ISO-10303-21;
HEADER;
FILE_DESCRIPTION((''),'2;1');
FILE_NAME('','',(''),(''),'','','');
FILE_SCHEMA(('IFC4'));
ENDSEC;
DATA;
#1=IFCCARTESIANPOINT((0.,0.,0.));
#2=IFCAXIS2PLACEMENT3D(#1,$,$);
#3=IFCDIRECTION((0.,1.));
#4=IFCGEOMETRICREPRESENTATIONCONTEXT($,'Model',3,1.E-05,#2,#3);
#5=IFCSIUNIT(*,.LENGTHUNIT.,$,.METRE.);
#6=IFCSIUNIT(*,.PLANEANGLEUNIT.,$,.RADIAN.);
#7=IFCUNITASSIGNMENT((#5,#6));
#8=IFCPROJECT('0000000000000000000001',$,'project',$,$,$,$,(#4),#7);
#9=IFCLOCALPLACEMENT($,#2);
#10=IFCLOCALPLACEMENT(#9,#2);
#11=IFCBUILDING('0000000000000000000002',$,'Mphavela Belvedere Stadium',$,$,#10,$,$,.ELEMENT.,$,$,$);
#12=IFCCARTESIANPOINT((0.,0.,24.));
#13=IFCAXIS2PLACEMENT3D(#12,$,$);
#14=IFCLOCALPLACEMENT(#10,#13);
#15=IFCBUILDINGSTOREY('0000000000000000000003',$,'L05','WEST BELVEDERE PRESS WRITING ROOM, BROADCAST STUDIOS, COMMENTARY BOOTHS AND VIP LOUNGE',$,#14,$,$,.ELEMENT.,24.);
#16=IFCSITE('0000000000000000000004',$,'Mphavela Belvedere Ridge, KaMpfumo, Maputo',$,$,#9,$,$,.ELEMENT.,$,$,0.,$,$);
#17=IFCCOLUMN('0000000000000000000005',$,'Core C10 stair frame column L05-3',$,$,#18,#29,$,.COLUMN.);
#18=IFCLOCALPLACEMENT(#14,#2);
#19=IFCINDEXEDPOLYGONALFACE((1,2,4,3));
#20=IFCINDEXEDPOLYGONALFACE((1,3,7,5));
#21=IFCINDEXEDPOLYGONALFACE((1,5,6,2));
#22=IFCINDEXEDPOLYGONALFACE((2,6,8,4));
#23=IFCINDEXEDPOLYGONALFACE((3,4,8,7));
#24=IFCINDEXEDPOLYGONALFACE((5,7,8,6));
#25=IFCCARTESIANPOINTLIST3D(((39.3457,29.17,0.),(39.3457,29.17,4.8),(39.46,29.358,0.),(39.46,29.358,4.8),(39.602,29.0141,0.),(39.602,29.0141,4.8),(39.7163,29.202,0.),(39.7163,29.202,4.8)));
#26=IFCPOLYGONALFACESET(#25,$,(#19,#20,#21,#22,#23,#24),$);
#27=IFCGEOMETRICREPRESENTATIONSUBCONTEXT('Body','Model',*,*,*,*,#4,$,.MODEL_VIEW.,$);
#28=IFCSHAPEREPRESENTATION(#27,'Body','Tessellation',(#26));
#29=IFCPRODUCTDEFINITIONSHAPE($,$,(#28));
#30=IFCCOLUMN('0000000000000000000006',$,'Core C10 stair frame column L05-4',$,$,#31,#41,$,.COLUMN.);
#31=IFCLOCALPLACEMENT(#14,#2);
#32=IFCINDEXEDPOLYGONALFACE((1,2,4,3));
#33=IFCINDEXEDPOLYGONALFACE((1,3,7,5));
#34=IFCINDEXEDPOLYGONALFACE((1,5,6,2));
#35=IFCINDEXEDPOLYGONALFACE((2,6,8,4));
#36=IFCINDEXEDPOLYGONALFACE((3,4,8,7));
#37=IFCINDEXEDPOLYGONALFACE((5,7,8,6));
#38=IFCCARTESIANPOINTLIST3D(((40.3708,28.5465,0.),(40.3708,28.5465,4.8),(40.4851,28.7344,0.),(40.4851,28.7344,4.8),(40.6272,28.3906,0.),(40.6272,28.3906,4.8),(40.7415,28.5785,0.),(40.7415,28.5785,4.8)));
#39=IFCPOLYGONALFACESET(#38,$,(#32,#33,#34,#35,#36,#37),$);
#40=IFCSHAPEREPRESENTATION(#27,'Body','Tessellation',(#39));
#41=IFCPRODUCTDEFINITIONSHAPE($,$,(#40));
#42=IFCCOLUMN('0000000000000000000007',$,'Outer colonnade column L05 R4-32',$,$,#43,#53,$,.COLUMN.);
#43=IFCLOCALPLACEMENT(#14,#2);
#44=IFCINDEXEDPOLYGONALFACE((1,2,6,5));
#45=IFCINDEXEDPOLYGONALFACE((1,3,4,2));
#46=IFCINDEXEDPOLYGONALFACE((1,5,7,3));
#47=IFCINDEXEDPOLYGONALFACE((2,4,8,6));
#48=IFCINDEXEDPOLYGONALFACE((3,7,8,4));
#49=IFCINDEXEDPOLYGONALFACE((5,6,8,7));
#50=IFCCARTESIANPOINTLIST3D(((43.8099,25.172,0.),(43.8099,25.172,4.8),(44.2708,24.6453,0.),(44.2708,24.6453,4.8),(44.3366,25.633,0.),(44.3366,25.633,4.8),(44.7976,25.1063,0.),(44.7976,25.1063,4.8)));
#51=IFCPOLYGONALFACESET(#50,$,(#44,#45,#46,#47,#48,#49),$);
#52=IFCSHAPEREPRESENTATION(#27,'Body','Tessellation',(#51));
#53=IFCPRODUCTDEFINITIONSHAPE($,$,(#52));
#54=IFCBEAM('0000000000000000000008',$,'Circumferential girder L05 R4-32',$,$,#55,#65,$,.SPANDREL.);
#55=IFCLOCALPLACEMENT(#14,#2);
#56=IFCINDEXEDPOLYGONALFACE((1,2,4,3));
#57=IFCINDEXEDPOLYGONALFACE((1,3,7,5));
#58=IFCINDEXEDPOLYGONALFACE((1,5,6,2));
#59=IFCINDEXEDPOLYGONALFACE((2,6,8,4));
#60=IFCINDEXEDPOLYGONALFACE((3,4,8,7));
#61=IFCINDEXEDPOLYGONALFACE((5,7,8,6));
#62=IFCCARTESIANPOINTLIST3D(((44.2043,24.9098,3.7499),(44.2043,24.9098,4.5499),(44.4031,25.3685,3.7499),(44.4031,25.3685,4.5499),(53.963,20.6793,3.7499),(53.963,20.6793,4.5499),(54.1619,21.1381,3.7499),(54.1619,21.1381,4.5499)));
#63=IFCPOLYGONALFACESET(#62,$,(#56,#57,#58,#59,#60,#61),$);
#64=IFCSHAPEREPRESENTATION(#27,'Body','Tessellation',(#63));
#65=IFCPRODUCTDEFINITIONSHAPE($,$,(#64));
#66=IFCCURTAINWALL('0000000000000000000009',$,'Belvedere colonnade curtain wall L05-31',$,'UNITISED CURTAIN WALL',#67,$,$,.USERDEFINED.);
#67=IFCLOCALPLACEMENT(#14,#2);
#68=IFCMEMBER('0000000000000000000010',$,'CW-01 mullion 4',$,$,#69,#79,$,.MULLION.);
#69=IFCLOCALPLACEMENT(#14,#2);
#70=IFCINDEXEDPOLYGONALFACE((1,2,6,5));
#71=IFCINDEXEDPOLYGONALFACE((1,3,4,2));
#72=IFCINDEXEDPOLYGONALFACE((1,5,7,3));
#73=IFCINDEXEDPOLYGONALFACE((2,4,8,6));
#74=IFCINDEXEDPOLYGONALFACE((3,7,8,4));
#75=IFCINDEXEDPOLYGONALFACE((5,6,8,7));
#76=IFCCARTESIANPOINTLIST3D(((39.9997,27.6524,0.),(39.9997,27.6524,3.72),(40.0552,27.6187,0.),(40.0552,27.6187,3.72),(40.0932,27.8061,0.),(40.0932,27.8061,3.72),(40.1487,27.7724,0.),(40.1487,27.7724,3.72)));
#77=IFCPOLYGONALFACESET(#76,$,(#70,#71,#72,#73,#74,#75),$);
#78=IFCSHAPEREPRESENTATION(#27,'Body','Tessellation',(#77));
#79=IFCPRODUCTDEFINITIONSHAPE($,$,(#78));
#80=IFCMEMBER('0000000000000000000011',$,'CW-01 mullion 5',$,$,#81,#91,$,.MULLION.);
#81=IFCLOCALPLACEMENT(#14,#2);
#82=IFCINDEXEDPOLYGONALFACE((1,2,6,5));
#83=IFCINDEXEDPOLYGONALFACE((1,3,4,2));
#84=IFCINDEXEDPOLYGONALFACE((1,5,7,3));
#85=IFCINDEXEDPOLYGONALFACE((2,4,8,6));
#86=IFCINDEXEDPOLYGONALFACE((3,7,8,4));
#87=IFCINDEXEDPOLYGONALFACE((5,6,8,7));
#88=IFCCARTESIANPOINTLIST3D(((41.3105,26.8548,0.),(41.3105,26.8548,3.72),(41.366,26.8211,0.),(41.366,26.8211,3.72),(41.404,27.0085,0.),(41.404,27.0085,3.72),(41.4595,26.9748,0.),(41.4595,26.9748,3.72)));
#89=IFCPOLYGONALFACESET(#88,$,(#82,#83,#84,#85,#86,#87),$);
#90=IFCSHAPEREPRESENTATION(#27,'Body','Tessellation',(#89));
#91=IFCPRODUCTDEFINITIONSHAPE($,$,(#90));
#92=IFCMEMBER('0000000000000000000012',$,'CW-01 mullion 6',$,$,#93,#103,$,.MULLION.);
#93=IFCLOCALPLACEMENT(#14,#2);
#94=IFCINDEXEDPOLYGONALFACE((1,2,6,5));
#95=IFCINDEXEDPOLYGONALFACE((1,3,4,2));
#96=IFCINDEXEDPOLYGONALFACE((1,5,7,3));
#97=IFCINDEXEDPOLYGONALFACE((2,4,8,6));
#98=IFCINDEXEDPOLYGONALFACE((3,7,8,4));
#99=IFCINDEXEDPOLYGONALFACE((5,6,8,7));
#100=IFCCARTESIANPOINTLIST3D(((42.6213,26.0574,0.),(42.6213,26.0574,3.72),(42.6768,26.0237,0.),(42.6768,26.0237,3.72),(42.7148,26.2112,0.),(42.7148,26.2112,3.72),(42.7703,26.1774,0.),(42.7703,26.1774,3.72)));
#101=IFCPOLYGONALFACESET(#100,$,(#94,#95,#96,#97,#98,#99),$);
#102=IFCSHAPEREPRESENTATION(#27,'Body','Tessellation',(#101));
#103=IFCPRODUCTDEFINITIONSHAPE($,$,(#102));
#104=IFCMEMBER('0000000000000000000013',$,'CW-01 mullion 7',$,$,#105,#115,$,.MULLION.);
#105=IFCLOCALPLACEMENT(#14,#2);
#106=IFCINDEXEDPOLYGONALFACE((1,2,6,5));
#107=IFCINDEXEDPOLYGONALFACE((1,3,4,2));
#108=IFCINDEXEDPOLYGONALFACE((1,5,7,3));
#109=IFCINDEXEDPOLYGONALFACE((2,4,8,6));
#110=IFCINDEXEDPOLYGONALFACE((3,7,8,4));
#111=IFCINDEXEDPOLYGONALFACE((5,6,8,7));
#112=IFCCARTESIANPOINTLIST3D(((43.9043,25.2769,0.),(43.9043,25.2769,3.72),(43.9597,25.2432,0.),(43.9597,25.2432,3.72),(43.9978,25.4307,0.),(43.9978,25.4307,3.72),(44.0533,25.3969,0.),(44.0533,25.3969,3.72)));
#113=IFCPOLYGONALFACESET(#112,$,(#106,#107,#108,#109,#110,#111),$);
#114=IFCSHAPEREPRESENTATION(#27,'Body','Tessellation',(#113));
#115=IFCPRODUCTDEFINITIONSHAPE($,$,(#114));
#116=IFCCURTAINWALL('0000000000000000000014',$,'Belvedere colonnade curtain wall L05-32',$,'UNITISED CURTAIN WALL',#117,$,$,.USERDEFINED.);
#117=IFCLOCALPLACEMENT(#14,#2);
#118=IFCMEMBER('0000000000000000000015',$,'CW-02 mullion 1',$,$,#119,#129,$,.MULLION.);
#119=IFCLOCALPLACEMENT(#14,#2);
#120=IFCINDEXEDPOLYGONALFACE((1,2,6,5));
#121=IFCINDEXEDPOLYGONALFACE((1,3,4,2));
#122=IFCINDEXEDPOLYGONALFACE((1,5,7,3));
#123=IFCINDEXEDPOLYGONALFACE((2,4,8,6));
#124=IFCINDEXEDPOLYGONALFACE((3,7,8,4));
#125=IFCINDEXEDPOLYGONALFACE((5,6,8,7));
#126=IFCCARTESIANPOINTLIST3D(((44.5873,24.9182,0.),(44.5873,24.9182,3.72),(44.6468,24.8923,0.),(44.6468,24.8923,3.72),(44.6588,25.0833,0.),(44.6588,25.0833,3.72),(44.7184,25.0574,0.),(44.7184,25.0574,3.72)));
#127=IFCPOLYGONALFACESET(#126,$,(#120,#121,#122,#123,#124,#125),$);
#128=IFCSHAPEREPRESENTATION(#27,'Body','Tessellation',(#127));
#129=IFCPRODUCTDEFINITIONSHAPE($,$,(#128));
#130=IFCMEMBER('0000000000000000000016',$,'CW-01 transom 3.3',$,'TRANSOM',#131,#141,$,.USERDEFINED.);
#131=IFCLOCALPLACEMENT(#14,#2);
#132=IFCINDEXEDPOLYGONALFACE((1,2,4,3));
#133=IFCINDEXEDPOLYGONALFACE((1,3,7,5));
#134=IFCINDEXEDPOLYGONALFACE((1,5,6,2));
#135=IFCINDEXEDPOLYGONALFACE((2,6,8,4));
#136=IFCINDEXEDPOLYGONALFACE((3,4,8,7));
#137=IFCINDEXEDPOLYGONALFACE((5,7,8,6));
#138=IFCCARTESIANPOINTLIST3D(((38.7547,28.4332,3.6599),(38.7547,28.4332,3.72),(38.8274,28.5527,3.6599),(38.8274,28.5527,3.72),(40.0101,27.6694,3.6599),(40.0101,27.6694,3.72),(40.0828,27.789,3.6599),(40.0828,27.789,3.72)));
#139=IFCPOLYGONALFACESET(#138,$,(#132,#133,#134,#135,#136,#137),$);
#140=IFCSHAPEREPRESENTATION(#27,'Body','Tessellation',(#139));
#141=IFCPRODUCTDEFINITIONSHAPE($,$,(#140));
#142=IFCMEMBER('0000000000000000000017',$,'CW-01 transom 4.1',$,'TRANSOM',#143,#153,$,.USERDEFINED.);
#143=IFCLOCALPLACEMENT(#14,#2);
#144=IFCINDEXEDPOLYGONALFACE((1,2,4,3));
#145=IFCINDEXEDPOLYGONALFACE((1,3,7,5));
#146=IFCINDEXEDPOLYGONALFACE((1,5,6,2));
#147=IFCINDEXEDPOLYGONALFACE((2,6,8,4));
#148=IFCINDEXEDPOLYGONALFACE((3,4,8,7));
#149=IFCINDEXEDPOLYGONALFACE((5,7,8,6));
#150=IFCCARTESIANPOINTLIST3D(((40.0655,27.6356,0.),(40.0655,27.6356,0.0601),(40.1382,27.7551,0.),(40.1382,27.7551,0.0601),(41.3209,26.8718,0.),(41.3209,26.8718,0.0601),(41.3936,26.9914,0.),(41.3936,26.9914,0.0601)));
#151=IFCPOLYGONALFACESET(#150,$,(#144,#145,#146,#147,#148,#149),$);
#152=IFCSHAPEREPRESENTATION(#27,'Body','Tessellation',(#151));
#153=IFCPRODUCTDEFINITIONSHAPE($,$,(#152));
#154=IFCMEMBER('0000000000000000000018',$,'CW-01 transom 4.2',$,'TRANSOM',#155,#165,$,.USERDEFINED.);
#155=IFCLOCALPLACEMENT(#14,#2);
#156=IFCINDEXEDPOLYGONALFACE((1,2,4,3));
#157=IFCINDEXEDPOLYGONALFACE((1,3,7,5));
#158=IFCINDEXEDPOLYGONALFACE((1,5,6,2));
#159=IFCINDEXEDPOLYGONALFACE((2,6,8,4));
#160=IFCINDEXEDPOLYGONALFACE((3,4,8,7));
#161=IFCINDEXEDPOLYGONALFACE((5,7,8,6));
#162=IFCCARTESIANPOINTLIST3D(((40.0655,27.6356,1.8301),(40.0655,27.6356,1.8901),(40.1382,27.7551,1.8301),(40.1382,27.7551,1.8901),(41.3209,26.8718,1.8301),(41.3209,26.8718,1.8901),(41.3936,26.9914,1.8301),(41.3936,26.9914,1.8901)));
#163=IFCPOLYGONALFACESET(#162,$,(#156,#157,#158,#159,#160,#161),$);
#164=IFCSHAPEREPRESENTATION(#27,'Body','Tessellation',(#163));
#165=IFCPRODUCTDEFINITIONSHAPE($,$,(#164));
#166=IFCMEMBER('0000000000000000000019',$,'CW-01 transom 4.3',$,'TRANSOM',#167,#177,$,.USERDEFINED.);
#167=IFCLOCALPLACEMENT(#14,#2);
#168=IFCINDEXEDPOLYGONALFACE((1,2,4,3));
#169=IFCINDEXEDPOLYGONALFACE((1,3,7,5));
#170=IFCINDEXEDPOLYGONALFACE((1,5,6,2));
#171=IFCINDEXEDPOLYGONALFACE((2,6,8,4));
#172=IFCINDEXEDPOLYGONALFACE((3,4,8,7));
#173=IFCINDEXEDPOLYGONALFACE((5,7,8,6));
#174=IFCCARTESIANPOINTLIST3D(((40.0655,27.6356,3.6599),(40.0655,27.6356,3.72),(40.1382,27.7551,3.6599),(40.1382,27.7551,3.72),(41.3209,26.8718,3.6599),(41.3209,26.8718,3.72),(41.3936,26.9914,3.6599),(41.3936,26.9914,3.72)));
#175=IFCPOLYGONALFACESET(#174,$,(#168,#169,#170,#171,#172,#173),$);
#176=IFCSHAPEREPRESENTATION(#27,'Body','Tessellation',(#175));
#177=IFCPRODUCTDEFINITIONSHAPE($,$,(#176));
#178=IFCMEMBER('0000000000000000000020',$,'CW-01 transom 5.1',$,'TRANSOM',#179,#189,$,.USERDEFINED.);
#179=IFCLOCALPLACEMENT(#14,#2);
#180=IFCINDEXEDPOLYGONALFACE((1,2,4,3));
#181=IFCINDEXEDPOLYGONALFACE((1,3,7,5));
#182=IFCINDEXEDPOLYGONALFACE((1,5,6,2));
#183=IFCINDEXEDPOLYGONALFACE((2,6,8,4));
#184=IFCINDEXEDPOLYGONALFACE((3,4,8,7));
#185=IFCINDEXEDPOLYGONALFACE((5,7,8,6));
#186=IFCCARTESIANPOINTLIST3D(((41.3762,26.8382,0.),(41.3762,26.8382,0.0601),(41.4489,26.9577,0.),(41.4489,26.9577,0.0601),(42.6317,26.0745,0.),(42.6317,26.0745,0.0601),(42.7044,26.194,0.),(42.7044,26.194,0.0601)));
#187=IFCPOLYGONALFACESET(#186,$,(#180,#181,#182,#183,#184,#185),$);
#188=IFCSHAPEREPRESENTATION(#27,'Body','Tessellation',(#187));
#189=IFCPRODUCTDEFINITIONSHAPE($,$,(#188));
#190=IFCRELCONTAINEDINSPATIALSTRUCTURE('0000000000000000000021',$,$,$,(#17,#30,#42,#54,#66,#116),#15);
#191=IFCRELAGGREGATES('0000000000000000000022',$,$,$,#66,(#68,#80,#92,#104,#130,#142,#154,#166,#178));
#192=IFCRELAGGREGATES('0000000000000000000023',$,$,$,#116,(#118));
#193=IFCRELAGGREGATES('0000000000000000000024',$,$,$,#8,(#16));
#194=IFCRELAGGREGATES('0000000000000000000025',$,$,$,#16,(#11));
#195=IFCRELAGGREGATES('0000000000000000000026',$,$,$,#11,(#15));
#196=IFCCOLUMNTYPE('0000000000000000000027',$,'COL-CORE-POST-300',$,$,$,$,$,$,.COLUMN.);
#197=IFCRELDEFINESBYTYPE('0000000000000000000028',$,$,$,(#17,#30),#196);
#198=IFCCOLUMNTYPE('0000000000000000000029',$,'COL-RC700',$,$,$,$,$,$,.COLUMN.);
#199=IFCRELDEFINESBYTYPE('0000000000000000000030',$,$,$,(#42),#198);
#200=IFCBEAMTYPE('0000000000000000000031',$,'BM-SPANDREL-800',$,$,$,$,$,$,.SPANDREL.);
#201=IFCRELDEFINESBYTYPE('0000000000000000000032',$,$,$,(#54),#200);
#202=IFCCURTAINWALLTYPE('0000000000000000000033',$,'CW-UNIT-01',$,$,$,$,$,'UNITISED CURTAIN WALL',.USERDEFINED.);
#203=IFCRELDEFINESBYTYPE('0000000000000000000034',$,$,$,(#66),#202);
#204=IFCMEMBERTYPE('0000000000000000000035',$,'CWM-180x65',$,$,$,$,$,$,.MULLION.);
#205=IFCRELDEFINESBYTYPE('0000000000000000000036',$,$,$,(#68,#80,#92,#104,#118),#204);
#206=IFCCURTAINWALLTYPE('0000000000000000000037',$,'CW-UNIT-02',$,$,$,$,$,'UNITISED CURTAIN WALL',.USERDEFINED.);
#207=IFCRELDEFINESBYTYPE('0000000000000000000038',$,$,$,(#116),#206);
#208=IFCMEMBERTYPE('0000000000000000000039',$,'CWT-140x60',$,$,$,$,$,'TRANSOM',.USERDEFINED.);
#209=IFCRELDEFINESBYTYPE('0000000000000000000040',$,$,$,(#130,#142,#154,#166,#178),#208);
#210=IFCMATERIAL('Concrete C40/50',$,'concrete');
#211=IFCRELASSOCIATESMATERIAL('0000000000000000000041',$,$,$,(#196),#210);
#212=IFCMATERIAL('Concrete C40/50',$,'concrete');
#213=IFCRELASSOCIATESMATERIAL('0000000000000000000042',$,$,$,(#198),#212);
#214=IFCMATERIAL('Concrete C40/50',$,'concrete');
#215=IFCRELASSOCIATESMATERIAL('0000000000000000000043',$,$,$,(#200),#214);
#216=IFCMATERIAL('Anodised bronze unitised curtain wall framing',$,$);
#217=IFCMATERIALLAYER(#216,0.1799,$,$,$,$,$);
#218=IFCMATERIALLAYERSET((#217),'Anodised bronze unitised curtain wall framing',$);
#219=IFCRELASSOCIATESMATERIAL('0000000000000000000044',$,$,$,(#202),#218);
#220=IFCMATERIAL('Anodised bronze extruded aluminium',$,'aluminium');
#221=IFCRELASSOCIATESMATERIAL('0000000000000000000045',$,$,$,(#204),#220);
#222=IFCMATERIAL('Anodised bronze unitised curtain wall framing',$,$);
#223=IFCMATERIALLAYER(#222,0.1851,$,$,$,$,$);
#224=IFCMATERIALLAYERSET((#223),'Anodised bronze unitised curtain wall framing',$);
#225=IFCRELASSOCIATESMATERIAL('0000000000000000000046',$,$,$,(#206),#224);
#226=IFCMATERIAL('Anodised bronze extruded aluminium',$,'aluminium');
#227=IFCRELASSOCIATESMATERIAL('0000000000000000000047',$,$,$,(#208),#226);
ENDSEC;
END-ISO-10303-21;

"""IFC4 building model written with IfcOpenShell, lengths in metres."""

from ifc_helpers import new_model, si_unit, direction, frame, origin, origin_2d, place, context, subcontext, project, spatial, rectangle, extrude, material, layer, layer_set, material_profile, profile_set, type_object, element, aggregate, save


model = new_model("IFC4")

# Units and contexts
model_context = context("Model", 3, precision=1e-05, world=origin(), true_north=direction((0.0, 1.0)))
body_context = subcontext(model_context, "Body", "Model", "MODEL_VIEW")
ifc_project = project(units=[si_unit("LENGTHUNIT", "METRE"), si_unit("PLANEANGLEUNIT", "RADIAN")], contexts=[model_context])

# Site, building, storey
site_placement = place(None, origin())
site = spatial("IfcSite", under=ifc_project, at=site_placement, Name="Mphavela Belvedere Ridge, KaMpfumo, Maputo", CompositionType="ELEMENT", RefElevation=0.0)
building_placement = place(site_placement, origin())
building = spatial("IfcBuilding", under=site, at=building_placement, Name="Mphavela Belvedere Stadium", CompositionType="ELEMENT")
storey_placement = place(building_placement, frame((0.0, 0.0, 24.0)))
storey = spatial("IfcBuildingStorey", under=building, at=storey_placement, Name="L05", Description="WEST BELVEDERE PRESS WRITING ROOM, BROADCAST STUDIOS, COMMENTARY BOOTHS AND VIP LOUNGE", CompositionType="ELEMENT", Elevation=24.0)

# Columns
ifc_material_1 = material(Name="Concrete C40/50", Category="concrete")
ifc_material_profile_1 = material_profile(ifc_material_1, rectangle(XDim=0.3, YDim=0.22, at=origin_2d()), Name="RC 300x220")
ifc_profile_set_1 = profile_set([ifc_material_profile_1], Name="Concrete C40/50")
column_type_1 = type_object("IfcColumnType", Name="COL-CORE-POST-300", PredefinedType="COLUMN", material=ifc_profile_set_1)
for number, where, z_axis, x_axis, name in (
    (1, (39.531, 29.186, 0.0), (0.0, 0.0, 1.0), (-0.854368, 0.519668, 0.0), "Core C10 stair frame column L05-3"),
    (2, (40.5562, 28.5625, 0.0), (0.0, 0.0, 1.0), (-0.854368, 0.519668, 0.0), "Core C10 stair frame column L05-4"),
):
    element("IfcColumn", number, at=place(storey_placement, frame(where, z_axis=z_axis, x_axis=x_axis)), inside=storey, type_object=column_type_1, Name=name, PredefinedType="COLUMN", context=body_context, shape_type="SweptSolid", body=[
        extrude(rectangle(XDim=0.3, YDim=0.22, at=origin_2d()), origin(), (0.0, 0.0, 1.0), 4.8),
    ])
ifc_material_2 = material(Name="Concrete C40/50", Category="concrete")
ifc_material_profile_2 = material_profile(ifc_material_2, rectangle(XDim=0.7, YDim=0.7, at=origin_2d()), Name="RC 700x700")
ifc_profile_set_2 = profile_set([ifc_material_profile_2], Name="Concrete C40/50")
column_type_2 = type_object("IfcColumnType", Name="COL-RC700", PredefinedType="COLUMN", material=ifc_profile_set_2)
column_placement = place(storey_placement, frame((44.3037, 25.1392, 0.0), z_axis=(0.0, 0.0, 1.0), x_axis=(-0.75253, -0.658558, 0.0)))
element("IfcColumn", 3, at=column_placement, inside=storey, type_object=column_type_2, Name="Outer colonnade column L05 R4-32", PredefinedType="COLUMN", context=body_context, shape_type="SweptSolid", body=[
    extrude(rectangle(XDim=0.7, YDim=0.7, at=origin_2d()), origin(), (0.0, 0.0, 1.0), 4.8),
])

# Beam
ifc_material_3 = material(Name="Concrete C40/50", Category="concrete")
ifc_material_profile_3 = material_profile(ifc_material_3, rectangle(XDim=0.5, YDim=0.8, at=origin_2d()), Name="RC 500x800")
ifc_profile_set_3 = profile_set([ifc_material_profile_3], Name="Concrete C40/50")
beam_type = type_object("IfcBeamType", Name="BM-SPANDREL-800", PredefinedType="SPANDREL", material=ifc_profile_set_3)
beam_placement = place(storey_placement, frame((44.3037, 25.1392, 4.1499), z_axis=(0.917499, -0.397739, 0.0), x_axis=(0.397739, 0.917499, 0.0)))
element("IfcBeam", 4, at=beam_placement, inside=storey, type_object=beam_type, Name="Circumferential girder L05 R4-32", PredefinedType="SPANDREL", context=body_context, shape_type="SweptSolid", body=[
    extrude(rectangle(XDim=0.5, YDim=0.8, at=origin_2d()), origin(), (0.0, 0.0, 1.0), 10.6362),
])

# Curtain wall, members
ifc_material_4 = material(Name="Anodised bronze unitised curtain wall framing")
ifc_layer_1 = layer(ifc_material_4, 0.1799)
ifc_layer_set_1 = layer_set([ifc_layer_1], Name="Anodised bronze unitised curtain wall framing")
curtain_wall_type_1 = type_object("IfcCurtainWallType", Name="CW-UNIT-01", ElementType="UNITISED CURTAIN WALL", PredefinedType="USERDEFINED", material=ifc_layer_set_1)
curtain_wall_1_placement = place(storey_placement, origin())
curtain_wall_1 = element("IfcCurtainWall", 5, at=curtain_wall_1_placement, inside=storey, type_object=curtain_wall_type_1, Name="Belvedere colonnade curtain wall L05-31", ObjectType="UNITISED CURTAIN WALL", PredefinedType="USERDEFINED")
ifc_material_5 = material(Name="Anodised bronze extruded aluminium", Category="aluminium")
ifc_material_profile_4 = material_profile(ifc_material_5, rectangle(XDim=0.1799, YDim=0.0649, at=origin_2d()), Name="CW-MUL 180x65")
ifc_profile_set_4 = profile_set([ifc_material_profile_4], Name="Anodised bronze extruded aluminium")
member_type_1 = type_object("IfcMemberType", Name="CWM-180x65", PredefinedType="MULLION", material=ifc_profile_set_4)
member_1_placement = place(storey_placement, frame((40.0742, 27.7124, 0.0), z_axis=(0.0, 0.0, 1.0), x_axis=(0.519735, 0.854327, 0.0)))
member_1 = element("IfcMember", 6, at=member_1_placement, type_object=member_type_1, Name="CW-01 mullion 4", PredefinedType="MULLION", context=body_context, shape_type="SweptSolid", body=[
    extrude(rectangle(XDim=0.1799, YDim=0.0649, at=origin_2d()), origin(), (0.0, 0.0, 1.0), 3.72),
])
member_2_placement = place(storey_placement, frame((41.385, 26.9148, 0.0), z_axis=(0.0, 0.0, 1.0), x_axis=(0.519735, 0.854327, 0.0)))
member_2 = element("IfcMember", 7, at=member_2_placement, type_object=member_type_1, Name="CW-01 mullion 5", PredefinedType="MULLION", context=body_context, shape_type="SweptSolid", body=[
    extrude(rectangle(XDim=0.1799, YDim=0.0649, at=origin_2d()), origin(), (0.0, 0.0, 1.0), 3.72),
])
member_3_placement = place(storey_placement, frame((42.6958, 26.1174, 0.0), z_axis=(0.0, 0.0, 1.0), x_axis=(0.519735, 0.854327, 0.0)))
member_3 = element("IfcMember", 8, at=member_3_placement, type_object=member_type_1, Name="CW-01 mullion 6", PredefinedType="MULLION", context=body_context, shape_type="SweptSolid", body=[
    extrude(rectangle(XDim=0.1799, YDim=0.0649, at=origin_2d()), origin(), (0.0, 0.0, 1.0), 3.72),
])
member_4_placement = place(storey_placement, frame((43.9788, 25.3369, 0.0), z_axis=(0.0, 0.0, 1.0), x_axis=(0.519735, 0.854327, 0.0)))
member_4 = element("IfcMember", 9, at=member_4_placement, type_object=member_type_1, Name="CW-01 mullion 7", PredefinedType="MULLION", context=body_context, shape_type="SweptSolid", body=[
    extrude(rectangle(XDim=0.1799, YDim=0.0649, at=origin_2d()), origin(), (0.0, 0.0, 1.0), 3.72),
])

# Curtain wall, member
ifc_material_6 = material(Name="Anodised bronze unitised curtain wall framing")
ifc_layer_2 = layer(ifc_material_6, 0.1851)
ifc_layer_set_2 = layer_set([ifc_layer_2], Name="Anodised bronze unitised curtain wall framing")
curtain_wall_type_2 = type_object("IfcCurtainWallType", Name="CW-UNIT-02", ElementType="UNITISED CURTAIN WALL", PredefinedType="USERDEFINED", material=ifc_layer_set_2)
curtain_wall_2_placement = place(storey_placement, origin())
curtain_wall_2 = element("IfcCurtainWall", 10, at=curtain_wall_2_placement, inside=storey, type_object=curtain_wall_type_2, Name="Belvedere colonnade curtain wall L05-32", ObjectType="UNITISED CURTAIN WALL", PredefinedType="USERDEFINED")
member_5_placement = place(storey_placement, frame((44.6528, 24.9878, 0.0), z_axis=(0.0, 0.0, 1.0), x_axis=(0.397743, 0.917497, 0.0)))
member_5 = element("IfcMember", 11, at=member_5_placement, type_object=member_type_1, Name="CW-02 mullion 1", PredefinedType="MULLION", context=body_context, shape_type="SweptSolid", body=[
    extrude(rectangle(XDim=0.1799, YDim=0.0649, at=origin_2d()), origin(), (0.0, 0.0, 1.0), 3.72),
])

# Members
ifc_material_7 = material(Name="Anodised bronze extruded aluminium", Category="aluminium")
ifc_material_profile_5 = material_profile(ifc_material_7, rectangle(XDim=0.1399, YDim=0.0601, at=origin_2d()), Name="CW-TRN 140x60")
ifc_profile_set_5 = profile_set([ifc_material_profile_5], Name="Anodised bronze extruded aluminium")
member_type_2 = type_object("IfcMemberType", Name="CWT-140x60", ElementType="TRANSOM", PredefinedType="USERDEFINED", material=ifc_profile_set_5)
member_6_placement = place(storey_placement, frame((38.791, 28.4929, 3.6899), z_axis=(0.85434, -0.519715, 0.0), x_axis=(0.519715, 0.85434, 0.0)))
member_6 = element("IfcMember", 12, at=member_6_placement, type_object=member_type_2, Name="CW-01 transom 3.3", ObjectType="TRANSOM", PredefinedType="USERDEFINED", context=body_context, shape_type="SweptSolid", body=[
    extrude(rectangle(XDim=0.1399, YDim=0.0601, at=origin_2d()), origin(), (0.0, 0.0, 1.0), 1.4695),
])
member_7_placement = place(storey_placement, frame((40.1018, 27.6953, 0.03), z_axis=(0.85434, -0.519715, 0.0), x_axis=(0.519715, 0.85434, 0.0)))
member_7 = element("IfcMember", 13, at=member_7_placement, type_object=member_type_2, Name="CW-01 transom 4.1", ObjectType="TRANSOM", PredefinedType="USERDEFINED", context=body_context, shape_type="SweptSolid", body=[
    extrude(rectangle(XDim=0.1399, YDim=0.0601, at=origin_2d()), origin(), (0.0, 0.0, 1.0), 1.4695),
])
member_8_placement = place(storey_placement, frame((40.1018, 27.6953, 1.8601), z_axis=(0.85434, -0.519715, 0.0), x_axis=(0.519715, 0.85434, 0.0)))
member_8 = element("IfcMember", 14, at=member_8_placement, type_object=member_type_2, Name="CW-01 transom 4.2", ObjectType="TRANSOM", PredefinedType="USERDEFINED", context=body_context, shape_type="SweptSolid", body=[
    extrude(rectangle(XDim=0.1399, YDim=0.0601, at=origin_2d()), origin(), (0.0, 0.0, 1.0), 1.4695),
])
member_9_placement = place(storey_placement, frame((40.1018, 27.6953, 3.6899), z_axis=(0.85434, -0.519715, 0.0), x_axis=(0.519715, 0.85434, 0.0)))
member_9 = element("IfcMember", 15, at=member_9_placement, type_object=member_type_2, Name="CW-01 transom 4.3", ObjectType="TRANSOM", PredefinedType="USERDEFINED", context=body_context, shape_type="SweptSolid", body=[
    extrude(rectangle(XDim=0.1399, YDim=0.0601, at=origin_2d()), origin(), (0.0, 0.0, 1.0), 1.4695),
])
member_10_placement = place(storey_placement, frame((41.4126, 26.8979, 0.03), z_axis=(0.85434, -0.519715, 0.0), x_axis=(0.519715, 0.85434, 0.0)))
member_10 = element("IfcMember", 16, at=member_10_placement, type_object=member_type_2, Name="CW-01 transom 5.1", ObjectType="TRANSOM", PredefinedType="USERDEFINED", context=body_context, shape_type="SweptSolid", body=[
    extrude(rectangle(XDim=0.1399, YDim=0.0601, at=origin_2d()), origin(), (0.0, 0.0, 1.0), 1.4695),
])

aggregate(curtain_wall_1, [member_1, member_2, member_3, member_4, member_6, member_7, member_8, member_9, member_10])
aggregate(curtain_wall_2, [member_5])

save(model, "model.ifc")
